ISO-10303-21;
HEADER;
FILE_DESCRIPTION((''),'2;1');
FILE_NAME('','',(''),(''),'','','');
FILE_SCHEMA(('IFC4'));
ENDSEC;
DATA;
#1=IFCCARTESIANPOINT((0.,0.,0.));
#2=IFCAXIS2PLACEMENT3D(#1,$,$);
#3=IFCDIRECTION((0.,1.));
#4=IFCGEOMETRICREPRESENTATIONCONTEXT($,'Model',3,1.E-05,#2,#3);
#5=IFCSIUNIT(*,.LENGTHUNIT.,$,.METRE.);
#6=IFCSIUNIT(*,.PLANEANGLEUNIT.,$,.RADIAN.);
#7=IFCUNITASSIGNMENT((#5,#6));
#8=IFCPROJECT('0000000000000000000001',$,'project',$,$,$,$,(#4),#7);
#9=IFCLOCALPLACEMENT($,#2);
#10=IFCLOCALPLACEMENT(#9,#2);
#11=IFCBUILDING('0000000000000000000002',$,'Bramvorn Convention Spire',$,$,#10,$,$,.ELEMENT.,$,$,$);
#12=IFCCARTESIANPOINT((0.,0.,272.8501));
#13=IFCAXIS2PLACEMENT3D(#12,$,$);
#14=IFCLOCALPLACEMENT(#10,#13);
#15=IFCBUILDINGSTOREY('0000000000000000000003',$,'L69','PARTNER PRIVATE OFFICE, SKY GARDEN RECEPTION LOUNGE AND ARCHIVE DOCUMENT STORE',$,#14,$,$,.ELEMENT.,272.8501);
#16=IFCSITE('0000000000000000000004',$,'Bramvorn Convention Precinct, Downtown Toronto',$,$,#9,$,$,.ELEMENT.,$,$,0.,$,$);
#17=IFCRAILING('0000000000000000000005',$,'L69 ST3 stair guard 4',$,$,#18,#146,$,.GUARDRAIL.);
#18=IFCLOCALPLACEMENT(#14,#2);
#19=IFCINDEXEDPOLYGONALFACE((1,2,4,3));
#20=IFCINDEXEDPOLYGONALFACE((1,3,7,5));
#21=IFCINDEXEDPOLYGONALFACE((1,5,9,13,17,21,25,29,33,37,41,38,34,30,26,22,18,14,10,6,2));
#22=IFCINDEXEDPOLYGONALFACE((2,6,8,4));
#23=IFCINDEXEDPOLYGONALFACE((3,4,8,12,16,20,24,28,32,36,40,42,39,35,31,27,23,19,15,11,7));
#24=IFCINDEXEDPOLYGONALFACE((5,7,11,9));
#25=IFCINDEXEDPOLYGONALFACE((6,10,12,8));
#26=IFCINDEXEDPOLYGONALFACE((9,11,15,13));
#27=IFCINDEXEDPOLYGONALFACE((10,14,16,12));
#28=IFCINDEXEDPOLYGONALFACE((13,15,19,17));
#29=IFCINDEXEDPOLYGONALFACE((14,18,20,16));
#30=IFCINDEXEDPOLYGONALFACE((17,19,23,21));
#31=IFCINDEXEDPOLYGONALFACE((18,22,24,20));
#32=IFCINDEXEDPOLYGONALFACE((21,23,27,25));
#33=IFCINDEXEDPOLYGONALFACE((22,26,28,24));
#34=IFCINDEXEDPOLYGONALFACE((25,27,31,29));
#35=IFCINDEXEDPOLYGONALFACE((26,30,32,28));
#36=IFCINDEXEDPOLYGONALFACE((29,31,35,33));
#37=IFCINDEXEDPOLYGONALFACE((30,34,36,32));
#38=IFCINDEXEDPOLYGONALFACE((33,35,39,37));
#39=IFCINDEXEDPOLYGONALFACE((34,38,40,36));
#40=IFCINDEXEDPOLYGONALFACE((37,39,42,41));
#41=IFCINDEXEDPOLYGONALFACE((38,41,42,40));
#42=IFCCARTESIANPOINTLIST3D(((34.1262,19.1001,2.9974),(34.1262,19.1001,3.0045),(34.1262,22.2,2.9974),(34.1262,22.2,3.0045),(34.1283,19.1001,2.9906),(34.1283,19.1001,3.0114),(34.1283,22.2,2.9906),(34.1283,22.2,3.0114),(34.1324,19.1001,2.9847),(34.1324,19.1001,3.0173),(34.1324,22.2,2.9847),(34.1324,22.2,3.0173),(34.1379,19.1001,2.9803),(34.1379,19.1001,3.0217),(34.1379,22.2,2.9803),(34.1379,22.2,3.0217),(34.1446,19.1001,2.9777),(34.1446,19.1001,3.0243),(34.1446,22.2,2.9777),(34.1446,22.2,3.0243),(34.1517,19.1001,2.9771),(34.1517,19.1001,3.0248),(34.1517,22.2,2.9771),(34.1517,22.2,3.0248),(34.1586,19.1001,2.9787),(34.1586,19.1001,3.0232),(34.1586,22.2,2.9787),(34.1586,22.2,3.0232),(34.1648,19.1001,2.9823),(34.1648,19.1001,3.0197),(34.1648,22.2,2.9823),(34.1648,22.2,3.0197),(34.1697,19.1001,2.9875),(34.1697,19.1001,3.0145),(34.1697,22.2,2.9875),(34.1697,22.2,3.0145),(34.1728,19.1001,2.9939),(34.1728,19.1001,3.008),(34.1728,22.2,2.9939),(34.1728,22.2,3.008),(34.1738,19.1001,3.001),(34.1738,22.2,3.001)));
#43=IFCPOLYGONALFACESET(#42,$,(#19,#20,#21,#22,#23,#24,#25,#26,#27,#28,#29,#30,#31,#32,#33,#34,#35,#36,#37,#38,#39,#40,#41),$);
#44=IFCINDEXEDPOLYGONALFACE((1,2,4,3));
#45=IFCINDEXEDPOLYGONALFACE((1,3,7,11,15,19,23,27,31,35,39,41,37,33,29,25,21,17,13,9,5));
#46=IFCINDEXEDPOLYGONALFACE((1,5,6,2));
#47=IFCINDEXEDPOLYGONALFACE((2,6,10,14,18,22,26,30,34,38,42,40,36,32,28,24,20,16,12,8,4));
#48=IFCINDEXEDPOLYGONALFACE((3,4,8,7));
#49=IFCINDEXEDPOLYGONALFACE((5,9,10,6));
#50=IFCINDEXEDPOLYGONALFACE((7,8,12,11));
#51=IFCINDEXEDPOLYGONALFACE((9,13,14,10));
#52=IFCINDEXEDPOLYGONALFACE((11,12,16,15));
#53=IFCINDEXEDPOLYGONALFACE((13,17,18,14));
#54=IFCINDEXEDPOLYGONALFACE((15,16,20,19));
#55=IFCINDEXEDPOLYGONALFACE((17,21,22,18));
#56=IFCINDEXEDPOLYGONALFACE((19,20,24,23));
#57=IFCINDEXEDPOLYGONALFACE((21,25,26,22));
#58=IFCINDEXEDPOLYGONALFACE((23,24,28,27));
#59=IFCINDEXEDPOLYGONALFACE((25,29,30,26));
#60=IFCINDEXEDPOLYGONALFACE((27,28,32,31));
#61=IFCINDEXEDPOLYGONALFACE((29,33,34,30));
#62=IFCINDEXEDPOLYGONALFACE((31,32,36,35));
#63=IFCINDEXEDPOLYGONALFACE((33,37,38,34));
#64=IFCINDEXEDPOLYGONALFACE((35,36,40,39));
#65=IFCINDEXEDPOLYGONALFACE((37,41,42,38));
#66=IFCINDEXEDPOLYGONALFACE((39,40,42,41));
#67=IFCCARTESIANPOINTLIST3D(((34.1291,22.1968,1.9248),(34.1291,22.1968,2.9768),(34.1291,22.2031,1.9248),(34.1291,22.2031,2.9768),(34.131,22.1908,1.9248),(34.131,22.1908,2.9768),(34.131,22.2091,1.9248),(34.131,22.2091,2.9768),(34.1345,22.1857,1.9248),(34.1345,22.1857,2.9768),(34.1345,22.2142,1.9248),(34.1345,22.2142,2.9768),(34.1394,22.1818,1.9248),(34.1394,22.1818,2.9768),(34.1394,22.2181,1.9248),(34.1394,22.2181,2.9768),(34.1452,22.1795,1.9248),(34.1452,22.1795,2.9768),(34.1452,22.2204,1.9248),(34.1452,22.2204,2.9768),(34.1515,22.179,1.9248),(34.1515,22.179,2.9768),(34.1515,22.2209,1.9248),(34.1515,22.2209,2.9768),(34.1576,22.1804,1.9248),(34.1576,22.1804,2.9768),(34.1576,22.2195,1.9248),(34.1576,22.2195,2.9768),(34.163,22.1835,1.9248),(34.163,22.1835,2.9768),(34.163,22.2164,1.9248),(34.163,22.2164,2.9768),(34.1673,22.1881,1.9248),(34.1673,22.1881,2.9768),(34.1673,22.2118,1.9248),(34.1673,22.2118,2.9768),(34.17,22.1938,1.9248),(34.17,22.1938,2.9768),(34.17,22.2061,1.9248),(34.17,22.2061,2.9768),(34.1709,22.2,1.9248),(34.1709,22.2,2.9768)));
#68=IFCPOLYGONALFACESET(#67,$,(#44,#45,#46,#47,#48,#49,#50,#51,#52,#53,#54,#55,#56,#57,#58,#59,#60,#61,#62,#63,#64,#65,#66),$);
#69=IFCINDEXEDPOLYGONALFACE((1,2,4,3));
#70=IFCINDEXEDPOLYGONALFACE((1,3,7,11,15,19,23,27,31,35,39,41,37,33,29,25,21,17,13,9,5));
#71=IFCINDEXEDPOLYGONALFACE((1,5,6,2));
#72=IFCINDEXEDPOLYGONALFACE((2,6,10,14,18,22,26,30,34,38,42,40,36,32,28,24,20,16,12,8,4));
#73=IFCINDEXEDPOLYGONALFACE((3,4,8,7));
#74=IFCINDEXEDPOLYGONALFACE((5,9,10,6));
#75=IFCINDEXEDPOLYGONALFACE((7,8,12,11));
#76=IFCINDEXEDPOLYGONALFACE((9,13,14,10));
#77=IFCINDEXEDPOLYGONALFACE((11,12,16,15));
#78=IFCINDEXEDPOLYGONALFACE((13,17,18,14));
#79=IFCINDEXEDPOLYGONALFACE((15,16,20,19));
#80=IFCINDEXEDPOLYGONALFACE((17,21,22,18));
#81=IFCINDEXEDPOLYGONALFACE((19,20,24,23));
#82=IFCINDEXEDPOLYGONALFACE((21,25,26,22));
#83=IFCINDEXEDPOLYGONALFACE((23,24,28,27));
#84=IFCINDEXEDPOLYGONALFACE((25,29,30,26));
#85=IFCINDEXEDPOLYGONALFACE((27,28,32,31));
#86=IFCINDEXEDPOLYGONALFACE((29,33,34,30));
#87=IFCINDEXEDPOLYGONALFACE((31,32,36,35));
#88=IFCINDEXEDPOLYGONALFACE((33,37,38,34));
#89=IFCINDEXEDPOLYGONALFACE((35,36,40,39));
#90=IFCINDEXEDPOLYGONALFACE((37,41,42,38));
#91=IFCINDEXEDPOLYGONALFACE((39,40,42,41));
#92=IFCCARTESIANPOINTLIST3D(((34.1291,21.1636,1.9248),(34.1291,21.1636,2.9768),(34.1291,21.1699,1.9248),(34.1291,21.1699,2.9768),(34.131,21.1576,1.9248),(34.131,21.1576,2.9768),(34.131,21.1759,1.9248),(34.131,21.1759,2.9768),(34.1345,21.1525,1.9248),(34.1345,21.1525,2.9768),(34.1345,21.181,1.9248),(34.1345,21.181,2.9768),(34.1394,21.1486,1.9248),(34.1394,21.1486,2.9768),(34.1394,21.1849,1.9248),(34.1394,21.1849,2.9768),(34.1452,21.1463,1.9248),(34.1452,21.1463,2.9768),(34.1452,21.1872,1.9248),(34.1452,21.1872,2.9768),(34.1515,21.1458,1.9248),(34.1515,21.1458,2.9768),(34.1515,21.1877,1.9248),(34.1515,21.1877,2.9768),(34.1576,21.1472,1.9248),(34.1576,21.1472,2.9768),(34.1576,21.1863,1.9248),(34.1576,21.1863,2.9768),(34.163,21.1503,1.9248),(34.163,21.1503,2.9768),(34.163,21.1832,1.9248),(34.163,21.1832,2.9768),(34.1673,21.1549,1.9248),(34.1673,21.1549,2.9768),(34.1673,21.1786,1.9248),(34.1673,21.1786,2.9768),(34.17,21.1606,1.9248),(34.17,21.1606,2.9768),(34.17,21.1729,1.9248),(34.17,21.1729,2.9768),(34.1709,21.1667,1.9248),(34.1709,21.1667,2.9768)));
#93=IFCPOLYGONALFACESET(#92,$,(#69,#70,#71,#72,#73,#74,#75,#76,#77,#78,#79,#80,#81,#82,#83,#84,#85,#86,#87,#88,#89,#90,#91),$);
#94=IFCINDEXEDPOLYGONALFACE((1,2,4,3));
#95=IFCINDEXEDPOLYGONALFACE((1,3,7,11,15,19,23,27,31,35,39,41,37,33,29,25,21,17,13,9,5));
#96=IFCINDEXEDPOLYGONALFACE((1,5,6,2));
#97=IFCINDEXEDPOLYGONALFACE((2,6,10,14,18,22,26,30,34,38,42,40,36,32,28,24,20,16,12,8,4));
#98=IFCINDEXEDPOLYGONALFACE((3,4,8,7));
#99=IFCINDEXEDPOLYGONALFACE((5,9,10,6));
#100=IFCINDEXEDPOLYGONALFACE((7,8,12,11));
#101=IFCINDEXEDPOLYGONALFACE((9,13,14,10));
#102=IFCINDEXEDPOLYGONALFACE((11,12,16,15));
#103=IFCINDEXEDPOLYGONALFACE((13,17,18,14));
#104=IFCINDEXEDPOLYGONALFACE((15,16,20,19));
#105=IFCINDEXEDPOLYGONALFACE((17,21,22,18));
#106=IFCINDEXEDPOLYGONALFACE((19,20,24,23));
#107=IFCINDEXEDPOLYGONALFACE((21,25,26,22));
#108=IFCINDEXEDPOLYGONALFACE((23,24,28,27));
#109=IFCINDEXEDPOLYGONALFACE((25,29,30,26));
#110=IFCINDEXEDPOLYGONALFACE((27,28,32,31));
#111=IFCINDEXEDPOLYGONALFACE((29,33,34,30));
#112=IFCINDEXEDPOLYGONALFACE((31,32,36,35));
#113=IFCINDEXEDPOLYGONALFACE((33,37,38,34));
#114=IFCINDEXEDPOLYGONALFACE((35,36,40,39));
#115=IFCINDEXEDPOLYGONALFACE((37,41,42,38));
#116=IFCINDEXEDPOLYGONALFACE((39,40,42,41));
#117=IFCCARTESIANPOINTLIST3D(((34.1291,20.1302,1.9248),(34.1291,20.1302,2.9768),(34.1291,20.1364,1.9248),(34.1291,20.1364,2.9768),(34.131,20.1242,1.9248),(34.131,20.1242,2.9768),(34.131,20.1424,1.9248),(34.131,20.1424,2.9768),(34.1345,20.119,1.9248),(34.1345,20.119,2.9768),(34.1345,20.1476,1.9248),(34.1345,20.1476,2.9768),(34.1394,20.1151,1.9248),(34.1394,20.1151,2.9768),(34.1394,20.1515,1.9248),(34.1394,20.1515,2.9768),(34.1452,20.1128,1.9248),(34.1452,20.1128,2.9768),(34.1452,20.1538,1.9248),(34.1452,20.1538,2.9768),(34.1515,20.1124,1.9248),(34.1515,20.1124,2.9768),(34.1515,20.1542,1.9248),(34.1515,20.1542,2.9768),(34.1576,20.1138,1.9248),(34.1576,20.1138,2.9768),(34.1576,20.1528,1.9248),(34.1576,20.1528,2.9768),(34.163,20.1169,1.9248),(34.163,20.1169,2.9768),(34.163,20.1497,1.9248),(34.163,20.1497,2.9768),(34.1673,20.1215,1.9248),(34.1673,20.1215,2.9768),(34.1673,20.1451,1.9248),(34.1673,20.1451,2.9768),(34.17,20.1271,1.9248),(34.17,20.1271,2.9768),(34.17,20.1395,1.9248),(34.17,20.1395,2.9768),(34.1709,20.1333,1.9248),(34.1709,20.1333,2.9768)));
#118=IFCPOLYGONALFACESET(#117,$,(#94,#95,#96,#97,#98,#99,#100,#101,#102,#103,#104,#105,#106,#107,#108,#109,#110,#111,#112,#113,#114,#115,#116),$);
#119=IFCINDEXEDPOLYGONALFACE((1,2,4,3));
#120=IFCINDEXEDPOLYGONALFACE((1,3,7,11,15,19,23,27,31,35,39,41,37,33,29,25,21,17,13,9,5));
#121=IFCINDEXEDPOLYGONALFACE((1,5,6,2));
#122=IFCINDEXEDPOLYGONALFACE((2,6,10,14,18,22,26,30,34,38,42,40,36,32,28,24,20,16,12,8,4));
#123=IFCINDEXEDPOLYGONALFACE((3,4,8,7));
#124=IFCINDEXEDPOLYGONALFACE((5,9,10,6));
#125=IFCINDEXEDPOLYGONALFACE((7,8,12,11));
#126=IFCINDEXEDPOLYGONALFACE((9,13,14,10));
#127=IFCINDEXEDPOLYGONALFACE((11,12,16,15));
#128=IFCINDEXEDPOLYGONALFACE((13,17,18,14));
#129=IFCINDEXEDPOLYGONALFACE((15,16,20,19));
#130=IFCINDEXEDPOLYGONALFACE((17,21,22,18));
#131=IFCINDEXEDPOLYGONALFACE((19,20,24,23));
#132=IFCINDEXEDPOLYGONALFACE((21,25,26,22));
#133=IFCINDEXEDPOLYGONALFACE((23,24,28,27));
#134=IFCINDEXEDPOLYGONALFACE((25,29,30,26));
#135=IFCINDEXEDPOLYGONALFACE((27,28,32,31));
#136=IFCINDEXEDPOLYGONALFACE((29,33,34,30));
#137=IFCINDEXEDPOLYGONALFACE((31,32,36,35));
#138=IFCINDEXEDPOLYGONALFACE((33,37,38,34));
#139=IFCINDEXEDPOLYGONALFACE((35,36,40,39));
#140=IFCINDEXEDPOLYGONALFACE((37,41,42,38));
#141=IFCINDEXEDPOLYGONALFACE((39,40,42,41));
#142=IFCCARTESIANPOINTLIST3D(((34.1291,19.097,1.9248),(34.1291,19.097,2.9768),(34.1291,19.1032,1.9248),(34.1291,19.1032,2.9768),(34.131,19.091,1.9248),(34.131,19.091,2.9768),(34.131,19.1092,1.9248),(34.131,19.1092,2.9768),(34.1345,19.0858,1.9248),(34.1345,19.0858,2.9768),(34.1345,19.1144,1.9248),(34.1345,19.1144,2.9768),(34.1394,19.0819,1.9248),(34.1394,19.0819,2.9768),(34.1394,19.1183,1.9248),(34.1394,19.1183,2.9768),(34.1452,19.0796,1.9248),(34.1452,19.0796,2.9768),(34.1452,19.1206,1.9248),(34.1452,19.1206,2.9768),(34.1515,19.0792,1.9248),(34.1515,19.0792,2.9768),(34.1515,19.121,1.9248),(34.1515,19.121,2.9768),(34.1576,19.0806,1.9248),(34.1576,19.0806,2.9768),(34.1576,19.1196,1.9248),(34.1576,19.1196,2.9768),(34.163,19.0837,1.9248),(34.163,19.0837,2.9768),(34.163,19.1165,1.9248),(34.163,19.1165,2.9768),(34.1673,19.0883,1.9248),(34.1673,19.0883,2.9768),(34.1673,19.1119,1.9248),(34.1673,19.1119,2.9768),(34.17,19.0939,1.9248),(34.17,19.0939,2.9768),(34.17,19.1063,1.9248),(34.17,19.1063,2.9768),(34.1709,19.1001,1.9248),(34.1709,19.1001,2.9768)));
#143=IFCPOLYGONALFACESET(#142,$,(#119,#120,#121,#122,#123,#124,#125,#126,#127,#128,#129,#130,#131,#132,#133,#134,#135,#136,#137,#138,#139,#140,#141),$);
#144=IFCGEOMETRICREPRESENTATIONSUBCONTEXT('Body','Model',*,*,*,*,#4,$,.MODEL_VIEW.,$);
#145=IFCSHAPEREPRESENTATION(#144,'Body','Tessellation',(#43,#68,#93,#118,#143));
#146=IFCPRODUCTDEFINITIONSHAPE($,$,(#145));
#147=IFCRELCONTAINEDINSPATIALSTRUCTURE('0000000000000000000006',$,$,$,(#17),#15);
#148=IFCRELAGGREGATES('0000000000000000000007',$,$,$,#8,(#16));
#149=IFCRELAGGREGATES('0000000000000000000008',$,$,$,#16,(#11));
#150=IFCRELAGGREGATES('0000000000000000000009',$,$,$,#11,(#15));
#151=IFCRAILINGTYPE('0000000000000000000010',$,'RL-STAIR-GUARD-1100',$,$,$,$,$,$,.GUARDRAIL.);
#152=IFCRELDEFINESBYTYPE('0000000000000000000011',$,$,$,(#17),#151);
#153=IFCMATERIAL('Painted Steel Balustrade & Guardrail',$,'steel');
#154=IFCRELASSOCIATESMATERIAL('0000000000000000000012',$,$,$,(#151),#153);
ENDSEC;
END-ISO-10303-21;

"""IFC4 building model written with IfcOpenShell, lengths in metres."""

from ifc_helpers import new_model, si_unit, direction, frame, origin, origin_2d, place, context, subcontext, project, spatial, circle, extrude, material, type_object, element, save


model = new_model("IFC4")

# Units and contexts
model_context = context("Model", 3, precision=1e-05, world=origin(), true_north=direction((0.0, 1.0)))
body_context = subcontext(model_context, "Body", "Model", "MODEL_VIEW")
ifc_project = project(units=[si_unit("LENGTHUNIT", "METRE"), si_unit("PLANEANGLEUNIT", "RADIAN")], contexts=[model_context])

# Site, building, storey
site_placement = place(None, origin())
site = spatial("IfcSite", under=ifc_project, at=site_placement, Name="Bramvorn Convention Precinct, Downtown Toronto", CompositionType="ELEMENT", RefElevation=0.0)
building_placement = place(site_placement, origin())
building = spatial("IfcBuilding", under=site, at=building_placement, Name="Bramvorn Convention Spire", CompositionType="ELEMENT")
storey_placement = place(building_placement, frame((0.0, 0.0, 272.8501)))
storey = spatial("IfcBuildingStorey", under=building, at=storey_placement, Name="L69", Description="PARTNER PRIVATE OFFICE, SKY GARDEN RECEPTION LOUNGE AND ARCHIVE DOCUMENT STORE", CompositionType="ELEMENT", Elevation=272.8501)

# Railing
ifc_material_1 = material(Name="Painted Steel Balustrade & Guardrail", Category="steel")
railing_type_1 = type_object("IfcRailingType", Name="RL-STAIR-GUARD-1100", PredefinedType="GUARDRAIL", material=ifc_material_1)
for number, where, name in (
    (1, (34.1499, 22.2, 1.9248), "L69 ST3 stair guard 4"),
):
    element("IfcRailing", number, at=place(storey_placement, frame(where)), inside=storey, type_object=railing_type_1, Name=name, PredefinedType="GUARDRAIL", context=body_context, shape_type="SweptSolid", body=[
        extrude(circle(Radius=0.0239, at=origin_2d()), frame((0.0, 0.0, 1.0762), z_axis=(0.0, -1.0, 0.0), x_axis=(1.0, 0.0, 0.0)), (0.0, 0.0, 1.0), 3.0999),
        extrude(circle(Radius=0.021, at=origin_2d()), origin(), (0.0, 0.0, 1.0), 1.052),
        extrude(circle(Radius=0.021, at=origin_2d()), frame((0.0, -1.0332, 0.0)), (0.0, 0.0, 1.0), 1.052),
        extrude(circle(Radius=0.021, at=origin_2d()), frame((0.0, -2.0667, 0.0)), (0.0, 0.0, 1.0), 1.052),
        extrude(circle(Radius=0.021, at=origin_2d()), frame((0.0, -3.0999, 0.0)), (0.0, 0.0, 1.0), 1.052),
    ])

save(model, "model.ifc")
